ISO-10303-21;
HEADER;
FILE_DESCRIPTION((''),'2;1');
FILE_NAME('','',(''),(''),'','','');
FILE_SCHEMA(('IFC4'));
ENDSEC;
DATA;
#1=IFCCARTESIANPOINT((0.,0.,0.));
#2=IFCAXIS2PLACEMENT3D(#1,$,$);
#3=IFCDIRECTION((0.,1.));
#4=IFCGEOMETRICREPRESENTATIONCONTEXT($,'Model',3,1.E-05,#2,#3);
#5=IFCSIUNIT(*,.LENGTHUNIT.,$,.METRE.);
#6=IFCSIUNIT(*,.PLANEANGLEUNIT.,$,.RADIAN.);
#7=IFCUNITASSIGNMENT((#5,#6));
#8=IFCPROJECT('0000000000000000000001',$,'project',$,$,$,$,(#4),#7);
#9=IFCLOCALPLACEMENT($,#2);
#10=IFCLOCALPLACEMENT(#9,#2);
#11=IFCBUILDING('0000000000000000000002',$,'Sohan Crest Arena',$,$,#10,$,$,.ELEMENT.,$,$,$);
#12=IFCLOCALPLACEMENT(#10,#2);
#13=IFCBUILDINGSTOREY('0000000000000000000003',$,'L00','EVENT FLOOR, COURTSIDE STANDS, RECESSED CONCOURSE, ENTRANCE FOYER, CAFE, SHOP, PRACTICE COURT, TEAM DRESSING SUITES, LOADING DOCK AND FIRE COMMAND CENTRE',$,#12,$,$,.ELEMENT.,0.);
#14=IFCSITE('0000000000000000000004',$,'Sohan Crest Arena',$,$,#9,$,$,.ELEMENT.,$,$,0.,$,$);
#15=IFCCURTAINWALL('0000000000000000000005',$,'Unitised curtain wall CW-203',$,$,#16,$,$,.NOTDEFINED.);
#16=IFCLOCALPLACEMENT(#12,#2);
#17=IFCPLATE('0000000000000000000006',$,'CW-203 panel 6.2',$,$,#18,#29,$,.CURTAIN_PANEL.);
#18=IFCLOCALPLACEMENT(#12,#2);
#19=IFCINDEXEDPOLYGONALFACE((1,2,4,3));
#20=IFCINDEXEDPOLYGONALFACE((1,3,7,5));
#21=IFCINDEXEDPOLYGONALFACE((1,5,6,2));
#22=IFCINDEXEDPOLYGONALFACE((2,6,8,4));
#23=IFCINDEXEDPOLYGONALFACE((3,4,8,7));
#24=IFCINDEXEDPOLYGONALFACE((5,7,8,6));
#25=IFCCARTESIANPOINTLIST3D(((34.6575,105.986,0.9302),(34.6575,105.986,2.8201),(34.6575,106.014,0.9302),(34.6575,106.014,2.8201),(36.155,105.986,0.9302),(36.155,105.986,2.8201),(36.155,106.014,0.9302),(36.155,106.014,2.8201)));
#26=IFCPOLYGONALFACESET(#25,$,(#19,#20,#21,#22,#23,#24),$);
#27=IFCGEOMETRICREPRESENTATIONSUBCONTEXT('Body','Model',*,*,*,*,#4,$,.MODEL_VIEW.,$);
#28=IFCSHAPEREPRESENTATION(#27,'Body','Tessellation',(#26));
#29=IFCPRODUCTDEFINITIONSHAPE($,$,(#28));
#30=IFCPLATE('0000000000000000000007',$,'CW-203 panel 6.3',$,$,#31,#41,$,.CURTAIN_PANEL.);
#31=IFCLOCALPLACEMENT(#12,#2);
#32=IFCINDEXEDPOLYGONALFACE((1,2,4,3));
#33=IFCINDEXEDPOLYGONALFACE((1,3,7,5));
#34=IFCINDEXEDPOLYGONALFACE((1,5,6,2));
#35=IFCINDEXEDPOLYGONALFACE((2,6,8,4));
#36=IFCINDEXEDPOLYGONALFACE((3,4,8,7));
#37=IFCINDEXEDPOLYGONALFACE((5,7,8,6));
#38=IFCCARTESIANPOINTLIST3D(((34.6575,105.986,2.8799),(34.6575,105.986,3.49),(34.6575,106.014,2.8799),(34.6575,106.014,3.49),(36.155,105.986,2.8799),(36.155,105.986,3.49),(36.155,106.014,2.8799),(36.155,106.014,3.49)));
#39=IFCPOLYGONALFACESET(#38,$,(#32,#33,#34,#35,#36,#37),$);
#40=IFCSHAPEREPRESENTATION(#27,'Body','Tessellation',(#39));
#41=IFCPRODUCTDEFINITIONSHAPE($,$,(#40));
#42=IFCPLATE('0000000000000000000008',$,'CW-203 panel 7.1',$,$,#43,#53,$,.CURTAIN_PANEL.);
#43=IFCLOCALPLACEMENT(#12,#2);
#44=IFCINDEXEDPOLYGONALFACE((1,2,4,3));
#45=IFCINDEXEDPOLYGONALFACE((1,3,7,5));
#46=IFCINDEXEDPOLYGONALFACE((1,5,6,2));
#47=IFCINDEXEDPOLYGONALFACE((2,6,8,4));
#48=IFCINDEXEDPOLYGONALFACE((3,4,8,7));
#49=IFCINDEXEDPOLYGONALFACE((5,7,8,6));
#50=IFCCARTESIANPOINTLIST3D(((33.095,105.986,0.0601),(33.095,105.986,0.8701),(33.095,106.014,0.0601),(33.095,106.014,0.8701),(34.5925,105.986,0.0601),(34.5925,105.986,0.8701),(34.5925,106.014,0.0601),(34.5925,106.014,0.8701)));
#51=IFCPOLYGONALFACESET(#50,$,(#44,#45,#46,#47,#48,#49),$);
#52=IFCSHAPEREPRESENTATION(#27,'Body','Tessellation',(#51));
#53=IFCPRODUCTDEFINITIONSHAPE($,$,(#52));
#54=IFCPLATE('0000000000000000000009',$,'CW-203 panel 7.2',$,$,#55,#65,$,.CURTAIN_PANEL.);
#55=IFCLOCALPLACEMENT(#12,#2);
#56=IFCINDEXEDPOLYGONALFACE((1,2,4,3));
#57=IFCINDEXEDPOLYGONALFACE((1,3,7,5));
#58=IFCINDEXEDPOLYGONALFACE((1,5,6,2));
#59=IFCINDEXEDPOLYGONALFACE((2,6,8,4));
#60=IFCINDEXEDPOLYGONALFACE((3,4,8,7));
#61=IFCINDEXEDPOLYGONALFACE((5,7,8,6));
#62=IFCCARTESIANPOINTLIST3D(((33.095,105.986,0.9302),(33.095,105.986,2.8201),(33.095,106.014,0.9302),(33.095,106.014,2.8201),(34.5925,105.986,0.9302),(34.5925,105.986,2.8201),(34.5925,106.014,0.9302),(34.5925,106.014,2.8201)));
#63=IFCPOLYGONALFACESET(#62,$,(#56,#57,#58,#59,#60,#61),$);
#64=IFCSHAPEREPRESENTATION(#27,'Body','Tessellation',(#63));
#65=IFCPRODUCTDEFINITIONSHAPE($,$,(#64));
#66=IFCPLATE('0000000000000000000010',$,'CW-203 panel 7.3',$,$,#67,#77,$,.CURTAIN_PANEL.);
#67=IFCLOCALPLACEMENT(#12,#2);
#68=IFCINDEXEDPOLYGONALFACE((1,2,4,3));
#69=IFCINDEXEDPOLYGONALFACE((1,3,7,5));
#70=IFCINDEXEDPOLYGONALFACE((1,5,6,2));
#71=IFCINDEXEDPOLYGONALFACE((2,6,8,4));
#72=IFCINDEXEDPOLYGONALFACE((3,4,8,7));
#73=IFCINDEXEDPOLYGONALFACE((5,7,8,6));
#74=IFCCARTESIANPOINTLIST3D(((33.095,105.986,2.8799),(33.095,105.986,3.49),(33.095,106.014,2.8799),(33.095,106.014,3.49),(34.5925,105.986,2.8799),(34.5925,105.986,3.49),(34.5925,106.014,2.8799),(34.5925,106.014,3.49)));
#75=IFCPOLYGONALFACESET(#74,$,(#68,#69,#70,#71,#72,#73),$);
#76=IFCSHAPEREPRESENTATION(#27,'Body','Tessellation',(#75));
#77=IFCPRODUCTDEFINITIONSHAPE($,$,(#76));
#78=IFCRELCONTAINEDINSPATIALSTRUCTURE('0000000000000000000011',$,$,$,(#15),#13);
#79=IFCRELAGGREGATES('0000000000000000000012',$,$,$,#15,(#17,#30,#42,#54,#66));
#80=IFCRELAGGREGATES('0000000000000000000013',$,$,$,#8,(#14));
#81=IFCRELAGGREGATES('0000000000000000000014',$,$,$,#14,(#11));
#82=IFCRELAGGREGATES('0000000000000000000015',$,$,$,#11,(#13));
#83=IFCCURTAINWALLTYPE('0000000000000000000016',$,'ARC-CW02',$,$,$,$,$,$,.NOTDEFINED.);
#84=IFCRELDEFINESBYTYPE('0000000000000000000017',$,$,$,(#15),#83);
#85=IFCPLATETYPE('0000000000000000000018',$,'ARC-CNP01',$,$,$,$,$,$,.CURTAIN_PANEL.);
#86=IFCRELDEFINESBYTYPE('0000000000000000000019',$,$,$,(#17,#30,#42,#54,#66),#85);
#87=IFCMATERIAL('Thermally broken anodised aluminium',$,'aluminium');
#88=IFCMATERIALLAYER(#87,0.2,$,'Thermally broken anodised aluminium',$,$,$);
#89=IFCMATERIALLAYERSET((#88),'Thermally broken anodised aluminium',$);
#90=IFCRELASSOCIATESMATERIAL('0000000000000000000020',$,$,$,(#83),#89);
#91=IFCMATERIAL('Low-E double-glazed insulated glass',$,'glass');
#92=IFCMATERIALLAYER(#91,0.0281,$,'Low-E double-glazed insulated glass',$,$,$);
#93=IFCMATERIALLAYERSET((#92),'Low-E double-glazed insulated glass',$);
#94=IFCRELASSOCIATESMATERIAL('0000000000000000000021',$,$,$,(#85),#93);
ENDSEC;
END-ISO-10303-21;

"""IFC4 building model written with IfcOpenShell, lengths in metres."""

from ifc_helpers import new_model, si_unit, direction, frame, origin, origin_2d, place, context, subcontext, project, spatial, rectangle, extrude, material, layer, layer_set, type_object, element, aggregate, save


model = new_model("IFC4")

# Units and contexts
model_context = context("Model", 3, precision=1e-05, world=origin(), true_north=direction((0.0, 1.0)))
body_context = subcontext(model_context, "Body", "Model", "MODEL_VIEW")
ifc_project = project(units=[si_unit("LENGTHUNIT", "METRE"), si_unit("PLANEANGLEUNIT", "RADIAN")], contexts=[model_context])

# Site, building, storey
site_placement = place(None, origin())
site = spatial("IfcSite", under=ifc_project, at=site_placement, Name="Sohan Crest Arena", CompositionType="ELEMENT", RefElevation=0.0)
building_placement = place(site_placement, origin())
building = spatial("IfcBuilding", under=site, at=building_placement, Name="Sohan Crest Arena", CompositionType="ELEMENT")
storey_placement = place(building_placement, origin())
storey = spatial("IfcBuildingStorey", under=building, at=storey_placement, Name="L00", Description="EVENT FLOOR, COURTSIDE STANDS, RECESSED CONCOURSE, ENTRANCE FOYER, CAFE, SHOP, PRACTICE COURT, TEAM DRESSING SUITES, LOADING DOCK AND FIRE COMMAND CENTRE", CompositionType="ELEMENT", Elevation=0.0)

# Curtain wall
ifc_material_1 = material(Name="Thermally broken anodised aluminium", Category="aluminium")
ifc_layer_1 = layer(ifc_material_1, 0.2, Name="Thermally broken anodised aluminium")
ifc_layer_set_1 = layer_set([ifc_layer_1], Name="Thermally broken anodised aluminium")
curtain_wall_type = type_object("IfcCurtainWallType", Name="ARC-CW02", PredefinedType="NOTDEFINED", material=ifc_layer_set_1)
curtain_wall_placement = place(storey_placement, origin())
curtain_wall = element("IfcCurtainWall", 1, at=curtain_wall_placement, inside=storey, type_object=curtain_wall_type, Name="Unitised curtain wall CW-203", PredefinedType="NOTDEFINED")

# Plates
ifc_material_2 = material(Name="Low-E double-glazed insulated glass", Category="glass")
ifc_layer_2 = layer(ifc_material_2, 0.0281, Name="Low-E double-glazed insulated glass")
ifc_layer_set_2 = layer_set([ifc_layer_2], Name="Low-E double-glazed insulated glass")
plate_type = type_object("IfcPlateType", Name="ARC-CNP01", PredefinedType="CURTAIN_PANEL", material=ifc_layer_set_2)
plate_1_placement = place(storey_placement, frame((35.4062, 106.0, 0.9302), z_axis=(0.0, 0.0, 1.0), x_axis=(-1.0, 0.0, 0.0)))
plate_1 = element("IfcPlate", 2, at=plate_1_placement, type_object=plate_type, Name="CW-203 panel 6.2", PredefinedType="CURTAIN_PANEL", context=body_context, shape_type="SweptSolid", body=[
    extrude(rectangle(XDim=1.4976, YDim=0.0281, at=origin_2d()), origin(), (0.0, 0.0, 1.0), 1.8899),
])
plate_2_placement = place(storey_placement, frame((35.4062, 106.0, 2.8799), z_axis=(0.0, 0.0, 1.0), x_axis=(-1.0, 0.0, 0.0)))
plate_2 = element("IfcPlate", 3, at=plate_2_placement, type_object=plate_type, Name="CW-203 panel 6.3", PredefinedType="CURTAIN_PANEL", context=body_context, shape_type="SweptSolid", body=[
    extrude(rectangle(XDim=1.4976, YDim=0.0281, at=origin_2d()), origin(), (0.0, 0.0, 1.0), 0.6101),
])
plate_3_placement = place(storey_placement, frame((33.8438, 106.0, 0.0601), z_axis=(0.0, 0.0, 1.0), x_axis=(-1.0, 0.0, 0.0)))
plate_3 = element("IfcPlate", 4, at=plate_3_placement, type_object=plate_type, Name="CW-203 panel 7.1", PredefinedType="CURTAIN_PANEL", context=body_context, shape_type="SweptSolid", body=[
    extrude(rectangle(XDim=1.4976, YDim=0.0281, at=origin_2d()), origin(), (0.0, 0.0, 1.0), 0.8101),
])
plate_4_placement = place(storey_placement, frame((33.8438, 106.0, 0.9302), z_axis=(0.0, 0.0, 1.0), x_axis=(-1.0, 0.0, 0.0)))
plate_4 = element("IfcPlate", 5, at=plate_4_placement, type_object=plate_type, Name="CW-203 panel 7.2", PredefinedType="CURTAIN_PANEL", context=body_context, shape_type="SweptSolid", body=[
    extrude(rectangle(XDim=1.4976, YDim=0.0281, at=origin_2d()), origin(), (0.0, 0.0, 1.0), 1.8899),
])
plate_5_placement = place(storey_placement, frame((33.8438, 106.0, 2.8799), z_axis=(0.0, 0.0, 1.0), x_axis=(-1.0, 0.0, 0.0)))
plate_5 = element("IfcPlate", 6, at=plate_5_placement, type_object=plate_type, Name="CW-203 panel 7.3", PredefinedType="CURTAIN_PANEL", context=body_context, shape_type="SweptSolid", body=[
    extrude(rectangle(XDim=1.4976, YDim=0.0281, at=origin_2d()), origin(), (0.0, 0.0, 1.0), 0.6101),
])
aggregate(curtain_wall, [plate_1, plate_2, plate_3, plate_4, plate_5])

save(model, "model.ifc")
